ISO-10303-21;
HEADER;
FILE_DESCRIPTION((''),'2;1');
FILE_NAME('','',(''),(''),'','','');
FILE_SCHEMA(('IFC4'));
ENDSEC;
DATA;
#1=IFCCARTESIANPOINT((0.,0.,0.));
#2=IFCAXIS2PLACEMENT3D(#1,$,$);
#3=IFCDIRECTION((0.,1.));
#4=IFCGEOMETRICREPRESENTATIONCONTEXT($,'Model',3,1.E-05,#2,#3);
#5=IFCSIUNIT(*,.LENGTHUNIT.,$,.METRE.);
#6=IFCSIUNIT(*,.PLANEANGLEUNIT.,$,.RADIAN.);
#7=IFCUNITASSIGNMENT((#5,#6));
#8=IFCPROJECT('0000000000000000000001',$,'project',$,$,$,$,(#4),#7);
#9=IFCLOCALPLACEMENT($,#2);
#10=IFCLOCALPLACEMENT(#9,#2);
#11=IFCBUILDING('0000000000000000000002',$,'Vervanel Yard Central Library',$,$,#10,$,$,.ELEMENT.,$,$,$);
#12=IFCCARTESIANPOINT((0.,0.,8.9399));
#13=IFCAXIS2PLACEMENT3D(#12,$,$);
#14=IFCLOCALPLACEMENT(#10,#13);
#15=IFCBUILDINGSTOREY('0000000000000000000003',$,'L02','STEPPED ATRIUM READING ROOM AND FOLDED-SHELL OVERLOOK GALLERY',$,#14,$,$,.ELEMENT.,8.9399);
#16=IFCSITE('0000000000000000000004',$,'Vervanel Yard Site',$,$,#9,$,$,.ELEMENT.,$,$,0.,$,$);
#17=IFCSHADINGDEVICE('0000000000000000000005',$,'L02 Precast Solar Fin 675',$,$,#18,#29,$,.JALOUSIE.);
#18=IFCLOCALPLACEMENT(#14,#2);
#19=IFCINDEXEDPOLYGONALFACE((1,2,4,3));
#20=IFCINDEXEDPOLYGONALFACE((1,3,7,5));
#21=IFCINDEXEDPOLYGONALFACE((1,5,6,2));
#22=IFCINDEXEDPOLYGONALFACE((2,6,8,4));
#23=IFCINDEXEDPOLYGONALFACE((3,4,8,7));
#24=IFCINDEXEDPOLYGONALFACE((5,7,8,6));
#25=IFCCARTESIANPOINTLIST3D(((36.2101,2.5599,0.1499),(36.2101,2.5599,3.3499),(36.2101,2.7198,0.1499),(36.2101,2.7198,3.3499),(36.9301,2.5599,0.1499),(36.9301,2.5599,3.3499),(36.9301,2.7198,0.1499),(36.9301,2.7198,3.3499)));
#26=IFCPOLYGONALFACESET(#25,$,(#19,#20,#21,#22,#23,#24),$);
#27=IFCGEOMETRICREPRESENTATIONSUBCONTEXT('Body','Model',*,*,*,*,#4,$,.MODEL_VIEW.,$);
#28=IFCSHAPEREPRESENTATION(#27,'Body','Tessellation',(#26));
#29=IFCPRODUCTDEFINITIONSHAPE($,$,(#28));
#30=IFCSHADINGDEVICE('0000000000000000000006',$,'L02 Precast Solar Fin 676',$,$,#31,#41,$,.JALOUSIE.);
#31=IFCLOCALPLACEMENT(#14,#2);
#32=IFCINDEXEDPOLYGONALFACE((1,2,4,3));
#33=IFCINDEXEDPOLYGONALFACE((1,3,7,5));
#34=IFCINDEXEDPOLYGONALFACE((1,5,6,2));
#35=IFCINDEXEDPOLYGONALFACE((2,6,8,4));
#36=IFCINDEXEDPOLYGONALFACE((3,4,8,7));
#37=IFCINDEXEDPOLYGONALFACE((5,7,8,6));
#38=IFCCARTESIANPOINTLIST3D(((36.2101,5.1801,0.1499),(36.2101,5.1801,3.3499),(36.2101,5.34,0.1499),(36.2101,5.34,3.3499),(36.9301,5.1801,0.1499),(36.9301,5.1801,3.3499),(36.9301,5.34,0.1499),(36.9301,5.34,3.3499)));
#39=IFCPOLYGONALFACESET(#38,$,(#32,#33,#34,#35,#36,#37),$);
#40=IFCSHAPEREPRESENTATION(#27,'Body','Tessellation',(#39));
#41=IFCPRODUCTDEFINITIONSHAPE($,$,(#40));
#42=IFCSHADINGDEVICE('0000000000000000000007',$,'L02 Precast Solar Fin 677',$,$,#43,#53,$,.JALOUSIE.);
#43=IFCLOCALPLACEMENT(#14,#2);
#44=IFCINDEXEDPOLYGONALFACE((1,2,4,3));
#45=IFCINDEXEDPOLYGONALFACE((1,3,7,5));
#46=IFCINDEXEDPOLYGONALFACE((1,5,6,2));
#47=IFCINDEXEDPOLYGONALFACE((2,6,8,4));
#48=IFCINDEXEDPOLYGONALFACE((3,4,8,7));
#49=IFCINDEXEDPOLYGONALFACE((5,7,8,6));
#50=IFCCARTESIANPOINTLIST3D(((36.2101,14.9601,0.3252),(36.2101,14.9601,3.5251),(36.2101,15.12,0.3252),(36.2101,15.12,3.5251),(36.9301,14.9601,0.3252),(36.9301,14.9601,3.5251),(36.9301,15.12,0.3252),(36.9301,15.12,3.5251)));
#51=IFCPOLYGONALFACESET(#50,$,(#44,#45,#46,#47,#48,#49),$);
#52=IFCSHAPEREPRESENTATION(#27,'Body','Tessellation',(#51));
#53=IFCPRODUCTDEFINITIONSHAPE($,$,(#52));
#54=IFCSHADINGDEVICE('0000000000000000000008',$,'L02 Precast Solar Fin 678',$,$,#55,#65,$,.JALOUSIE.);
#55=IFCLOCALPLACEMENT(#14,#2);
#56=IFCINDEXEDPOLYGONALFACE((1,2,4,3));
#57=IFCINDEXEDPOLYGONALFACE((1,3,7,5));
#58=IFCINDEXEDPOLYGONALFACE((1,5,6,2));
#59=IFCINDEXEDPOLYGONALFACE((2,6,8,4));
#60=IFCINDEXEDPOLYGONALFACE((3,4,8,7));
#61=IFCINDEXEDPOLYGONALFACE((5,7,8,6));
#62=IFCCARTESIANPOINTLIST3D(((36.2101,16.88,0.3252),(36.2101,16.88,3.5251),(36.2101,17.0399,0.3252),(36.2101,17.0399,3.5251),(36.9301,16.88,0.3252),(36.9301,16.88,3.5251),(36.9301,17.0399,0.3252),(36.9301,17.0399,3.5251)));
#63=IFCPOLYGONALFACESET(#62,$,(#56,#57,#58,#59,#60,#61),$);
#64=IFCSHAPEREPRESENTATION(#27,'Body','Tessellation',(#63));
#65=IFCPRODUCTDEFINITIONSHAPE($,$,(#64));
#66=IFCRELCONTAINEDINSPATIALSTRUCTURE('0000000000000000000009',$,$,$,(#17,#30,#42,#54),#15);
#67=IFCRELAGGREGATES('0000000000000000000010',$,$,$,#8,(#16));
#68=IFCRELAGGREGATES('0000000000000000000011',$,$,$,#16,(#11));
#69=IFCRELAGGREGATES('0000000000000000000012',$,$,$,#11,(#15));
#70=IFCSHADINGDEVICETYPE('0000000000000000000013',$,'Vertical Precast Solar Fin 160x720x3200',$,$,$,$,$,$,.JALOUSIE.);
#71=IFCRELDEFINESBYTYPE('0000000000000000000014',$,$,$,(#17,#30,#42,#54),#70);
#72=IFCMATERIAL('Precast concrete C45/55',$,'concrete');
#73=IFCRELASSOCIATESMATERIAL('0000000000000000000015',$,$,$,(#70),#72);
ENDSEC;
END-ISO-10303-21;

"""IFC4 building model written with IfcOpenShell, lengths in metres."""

from ifc_helpers import new_model, si_unit, direction, frame, origin, origin_2d, place, context, subcontext, project, spatial, rectangle, extrude, material, type_object, element, save


model = new_model("IFC4")

# Units and contexts
model_context = context("Model", 3, precision=1e-05, world=origin(), true_north=direction((0.0, 1.0)))
body_context = subcontext(model_context, "Body", "Model", "MODEL_VIEW")
ifc_project = project(units=[si_unit("LENGTHUNIT", "METRE"), si_unit("PLANEANGLEUNIT", "RADIAN")], contexts=[model_context])

# Site, building, storey
site_placement = place(None, origin())
site = spatial("IfcSite", under=ifc_project, at=site_placement, Name="Vervanel Yard Site", CompositionType="ELEMENT", RefElevation=0.0)
building_placement = place(site_placement, origin())
building = spatial("IfcBuilding", under=site, at=building_placement, Name="Vervanel Yard Central Library", CompositionType="ELEMENT")
storey_placement = place(building_placement, frame((0.0, 0.0, 8.9399)))
storey = spatial("IfcBuildingStorey", under=building, at=storey_placement, Name="L02", Description="STEPPED ATRIUM READING ROOM AND FOLDED-SHELL OVERLOOK GALLERY", CompositionType="ELEMENT", Elevation=8.9399)

# Shared definitions
ifc_material_1 = material(Name="Precast concrete C45/55", Category="concrete")

# Shading devices
shading_device_type_1 = type_object("IfcShadingDeviceType", Name="Vertical Precast Solar Fin 160x720x3200", PredefinedType="JALOUSIE", material=ifc_material_1)
for number, where, z_axis, x_axis, name in (
    (1, (36.5701, 2.6399, 0.1499), (0.0, 0.0, 1.0), (0.0, 1.0, 0.0), "L02 Precast Solar Fin 675"),
    (2, (36.5701, 5.26, 0.1499), (0.0, 0.0, 1.0), (0.0, 1.0, 0.0), "L02 Precast Solar Fin 676"),
    (3, (36.5701, 15.04, 0.3252), (0.0, 0.0, 1.0), (0.0, 1.0, 0.0), "L02 Precast Solar Fin 677"),
    (4, (36.5701, 16.96, 0.3252), (0.0, 0.0, 1.0), (0.0, 1.0, 0.0), "L02 Precast Solar Fin 678"),
):
    element("IfcShadingDevice", number, at=place(storey_placement, frame(where, z_axis=z_axis, x_axis=x_axis)), inside=storey, type_object=shading_device_type_1, Name=name, PredefinedType="JALOUSIE", context=body_context, shape_type="SweptSolid", body=[
        extrude(rectangle(XDim=0.1599, YDim=0.72, at=origin_2d()), origin(), (0.0, 0.0, 1.0), 3.2),
    ])

save(model, "model.ifc")
